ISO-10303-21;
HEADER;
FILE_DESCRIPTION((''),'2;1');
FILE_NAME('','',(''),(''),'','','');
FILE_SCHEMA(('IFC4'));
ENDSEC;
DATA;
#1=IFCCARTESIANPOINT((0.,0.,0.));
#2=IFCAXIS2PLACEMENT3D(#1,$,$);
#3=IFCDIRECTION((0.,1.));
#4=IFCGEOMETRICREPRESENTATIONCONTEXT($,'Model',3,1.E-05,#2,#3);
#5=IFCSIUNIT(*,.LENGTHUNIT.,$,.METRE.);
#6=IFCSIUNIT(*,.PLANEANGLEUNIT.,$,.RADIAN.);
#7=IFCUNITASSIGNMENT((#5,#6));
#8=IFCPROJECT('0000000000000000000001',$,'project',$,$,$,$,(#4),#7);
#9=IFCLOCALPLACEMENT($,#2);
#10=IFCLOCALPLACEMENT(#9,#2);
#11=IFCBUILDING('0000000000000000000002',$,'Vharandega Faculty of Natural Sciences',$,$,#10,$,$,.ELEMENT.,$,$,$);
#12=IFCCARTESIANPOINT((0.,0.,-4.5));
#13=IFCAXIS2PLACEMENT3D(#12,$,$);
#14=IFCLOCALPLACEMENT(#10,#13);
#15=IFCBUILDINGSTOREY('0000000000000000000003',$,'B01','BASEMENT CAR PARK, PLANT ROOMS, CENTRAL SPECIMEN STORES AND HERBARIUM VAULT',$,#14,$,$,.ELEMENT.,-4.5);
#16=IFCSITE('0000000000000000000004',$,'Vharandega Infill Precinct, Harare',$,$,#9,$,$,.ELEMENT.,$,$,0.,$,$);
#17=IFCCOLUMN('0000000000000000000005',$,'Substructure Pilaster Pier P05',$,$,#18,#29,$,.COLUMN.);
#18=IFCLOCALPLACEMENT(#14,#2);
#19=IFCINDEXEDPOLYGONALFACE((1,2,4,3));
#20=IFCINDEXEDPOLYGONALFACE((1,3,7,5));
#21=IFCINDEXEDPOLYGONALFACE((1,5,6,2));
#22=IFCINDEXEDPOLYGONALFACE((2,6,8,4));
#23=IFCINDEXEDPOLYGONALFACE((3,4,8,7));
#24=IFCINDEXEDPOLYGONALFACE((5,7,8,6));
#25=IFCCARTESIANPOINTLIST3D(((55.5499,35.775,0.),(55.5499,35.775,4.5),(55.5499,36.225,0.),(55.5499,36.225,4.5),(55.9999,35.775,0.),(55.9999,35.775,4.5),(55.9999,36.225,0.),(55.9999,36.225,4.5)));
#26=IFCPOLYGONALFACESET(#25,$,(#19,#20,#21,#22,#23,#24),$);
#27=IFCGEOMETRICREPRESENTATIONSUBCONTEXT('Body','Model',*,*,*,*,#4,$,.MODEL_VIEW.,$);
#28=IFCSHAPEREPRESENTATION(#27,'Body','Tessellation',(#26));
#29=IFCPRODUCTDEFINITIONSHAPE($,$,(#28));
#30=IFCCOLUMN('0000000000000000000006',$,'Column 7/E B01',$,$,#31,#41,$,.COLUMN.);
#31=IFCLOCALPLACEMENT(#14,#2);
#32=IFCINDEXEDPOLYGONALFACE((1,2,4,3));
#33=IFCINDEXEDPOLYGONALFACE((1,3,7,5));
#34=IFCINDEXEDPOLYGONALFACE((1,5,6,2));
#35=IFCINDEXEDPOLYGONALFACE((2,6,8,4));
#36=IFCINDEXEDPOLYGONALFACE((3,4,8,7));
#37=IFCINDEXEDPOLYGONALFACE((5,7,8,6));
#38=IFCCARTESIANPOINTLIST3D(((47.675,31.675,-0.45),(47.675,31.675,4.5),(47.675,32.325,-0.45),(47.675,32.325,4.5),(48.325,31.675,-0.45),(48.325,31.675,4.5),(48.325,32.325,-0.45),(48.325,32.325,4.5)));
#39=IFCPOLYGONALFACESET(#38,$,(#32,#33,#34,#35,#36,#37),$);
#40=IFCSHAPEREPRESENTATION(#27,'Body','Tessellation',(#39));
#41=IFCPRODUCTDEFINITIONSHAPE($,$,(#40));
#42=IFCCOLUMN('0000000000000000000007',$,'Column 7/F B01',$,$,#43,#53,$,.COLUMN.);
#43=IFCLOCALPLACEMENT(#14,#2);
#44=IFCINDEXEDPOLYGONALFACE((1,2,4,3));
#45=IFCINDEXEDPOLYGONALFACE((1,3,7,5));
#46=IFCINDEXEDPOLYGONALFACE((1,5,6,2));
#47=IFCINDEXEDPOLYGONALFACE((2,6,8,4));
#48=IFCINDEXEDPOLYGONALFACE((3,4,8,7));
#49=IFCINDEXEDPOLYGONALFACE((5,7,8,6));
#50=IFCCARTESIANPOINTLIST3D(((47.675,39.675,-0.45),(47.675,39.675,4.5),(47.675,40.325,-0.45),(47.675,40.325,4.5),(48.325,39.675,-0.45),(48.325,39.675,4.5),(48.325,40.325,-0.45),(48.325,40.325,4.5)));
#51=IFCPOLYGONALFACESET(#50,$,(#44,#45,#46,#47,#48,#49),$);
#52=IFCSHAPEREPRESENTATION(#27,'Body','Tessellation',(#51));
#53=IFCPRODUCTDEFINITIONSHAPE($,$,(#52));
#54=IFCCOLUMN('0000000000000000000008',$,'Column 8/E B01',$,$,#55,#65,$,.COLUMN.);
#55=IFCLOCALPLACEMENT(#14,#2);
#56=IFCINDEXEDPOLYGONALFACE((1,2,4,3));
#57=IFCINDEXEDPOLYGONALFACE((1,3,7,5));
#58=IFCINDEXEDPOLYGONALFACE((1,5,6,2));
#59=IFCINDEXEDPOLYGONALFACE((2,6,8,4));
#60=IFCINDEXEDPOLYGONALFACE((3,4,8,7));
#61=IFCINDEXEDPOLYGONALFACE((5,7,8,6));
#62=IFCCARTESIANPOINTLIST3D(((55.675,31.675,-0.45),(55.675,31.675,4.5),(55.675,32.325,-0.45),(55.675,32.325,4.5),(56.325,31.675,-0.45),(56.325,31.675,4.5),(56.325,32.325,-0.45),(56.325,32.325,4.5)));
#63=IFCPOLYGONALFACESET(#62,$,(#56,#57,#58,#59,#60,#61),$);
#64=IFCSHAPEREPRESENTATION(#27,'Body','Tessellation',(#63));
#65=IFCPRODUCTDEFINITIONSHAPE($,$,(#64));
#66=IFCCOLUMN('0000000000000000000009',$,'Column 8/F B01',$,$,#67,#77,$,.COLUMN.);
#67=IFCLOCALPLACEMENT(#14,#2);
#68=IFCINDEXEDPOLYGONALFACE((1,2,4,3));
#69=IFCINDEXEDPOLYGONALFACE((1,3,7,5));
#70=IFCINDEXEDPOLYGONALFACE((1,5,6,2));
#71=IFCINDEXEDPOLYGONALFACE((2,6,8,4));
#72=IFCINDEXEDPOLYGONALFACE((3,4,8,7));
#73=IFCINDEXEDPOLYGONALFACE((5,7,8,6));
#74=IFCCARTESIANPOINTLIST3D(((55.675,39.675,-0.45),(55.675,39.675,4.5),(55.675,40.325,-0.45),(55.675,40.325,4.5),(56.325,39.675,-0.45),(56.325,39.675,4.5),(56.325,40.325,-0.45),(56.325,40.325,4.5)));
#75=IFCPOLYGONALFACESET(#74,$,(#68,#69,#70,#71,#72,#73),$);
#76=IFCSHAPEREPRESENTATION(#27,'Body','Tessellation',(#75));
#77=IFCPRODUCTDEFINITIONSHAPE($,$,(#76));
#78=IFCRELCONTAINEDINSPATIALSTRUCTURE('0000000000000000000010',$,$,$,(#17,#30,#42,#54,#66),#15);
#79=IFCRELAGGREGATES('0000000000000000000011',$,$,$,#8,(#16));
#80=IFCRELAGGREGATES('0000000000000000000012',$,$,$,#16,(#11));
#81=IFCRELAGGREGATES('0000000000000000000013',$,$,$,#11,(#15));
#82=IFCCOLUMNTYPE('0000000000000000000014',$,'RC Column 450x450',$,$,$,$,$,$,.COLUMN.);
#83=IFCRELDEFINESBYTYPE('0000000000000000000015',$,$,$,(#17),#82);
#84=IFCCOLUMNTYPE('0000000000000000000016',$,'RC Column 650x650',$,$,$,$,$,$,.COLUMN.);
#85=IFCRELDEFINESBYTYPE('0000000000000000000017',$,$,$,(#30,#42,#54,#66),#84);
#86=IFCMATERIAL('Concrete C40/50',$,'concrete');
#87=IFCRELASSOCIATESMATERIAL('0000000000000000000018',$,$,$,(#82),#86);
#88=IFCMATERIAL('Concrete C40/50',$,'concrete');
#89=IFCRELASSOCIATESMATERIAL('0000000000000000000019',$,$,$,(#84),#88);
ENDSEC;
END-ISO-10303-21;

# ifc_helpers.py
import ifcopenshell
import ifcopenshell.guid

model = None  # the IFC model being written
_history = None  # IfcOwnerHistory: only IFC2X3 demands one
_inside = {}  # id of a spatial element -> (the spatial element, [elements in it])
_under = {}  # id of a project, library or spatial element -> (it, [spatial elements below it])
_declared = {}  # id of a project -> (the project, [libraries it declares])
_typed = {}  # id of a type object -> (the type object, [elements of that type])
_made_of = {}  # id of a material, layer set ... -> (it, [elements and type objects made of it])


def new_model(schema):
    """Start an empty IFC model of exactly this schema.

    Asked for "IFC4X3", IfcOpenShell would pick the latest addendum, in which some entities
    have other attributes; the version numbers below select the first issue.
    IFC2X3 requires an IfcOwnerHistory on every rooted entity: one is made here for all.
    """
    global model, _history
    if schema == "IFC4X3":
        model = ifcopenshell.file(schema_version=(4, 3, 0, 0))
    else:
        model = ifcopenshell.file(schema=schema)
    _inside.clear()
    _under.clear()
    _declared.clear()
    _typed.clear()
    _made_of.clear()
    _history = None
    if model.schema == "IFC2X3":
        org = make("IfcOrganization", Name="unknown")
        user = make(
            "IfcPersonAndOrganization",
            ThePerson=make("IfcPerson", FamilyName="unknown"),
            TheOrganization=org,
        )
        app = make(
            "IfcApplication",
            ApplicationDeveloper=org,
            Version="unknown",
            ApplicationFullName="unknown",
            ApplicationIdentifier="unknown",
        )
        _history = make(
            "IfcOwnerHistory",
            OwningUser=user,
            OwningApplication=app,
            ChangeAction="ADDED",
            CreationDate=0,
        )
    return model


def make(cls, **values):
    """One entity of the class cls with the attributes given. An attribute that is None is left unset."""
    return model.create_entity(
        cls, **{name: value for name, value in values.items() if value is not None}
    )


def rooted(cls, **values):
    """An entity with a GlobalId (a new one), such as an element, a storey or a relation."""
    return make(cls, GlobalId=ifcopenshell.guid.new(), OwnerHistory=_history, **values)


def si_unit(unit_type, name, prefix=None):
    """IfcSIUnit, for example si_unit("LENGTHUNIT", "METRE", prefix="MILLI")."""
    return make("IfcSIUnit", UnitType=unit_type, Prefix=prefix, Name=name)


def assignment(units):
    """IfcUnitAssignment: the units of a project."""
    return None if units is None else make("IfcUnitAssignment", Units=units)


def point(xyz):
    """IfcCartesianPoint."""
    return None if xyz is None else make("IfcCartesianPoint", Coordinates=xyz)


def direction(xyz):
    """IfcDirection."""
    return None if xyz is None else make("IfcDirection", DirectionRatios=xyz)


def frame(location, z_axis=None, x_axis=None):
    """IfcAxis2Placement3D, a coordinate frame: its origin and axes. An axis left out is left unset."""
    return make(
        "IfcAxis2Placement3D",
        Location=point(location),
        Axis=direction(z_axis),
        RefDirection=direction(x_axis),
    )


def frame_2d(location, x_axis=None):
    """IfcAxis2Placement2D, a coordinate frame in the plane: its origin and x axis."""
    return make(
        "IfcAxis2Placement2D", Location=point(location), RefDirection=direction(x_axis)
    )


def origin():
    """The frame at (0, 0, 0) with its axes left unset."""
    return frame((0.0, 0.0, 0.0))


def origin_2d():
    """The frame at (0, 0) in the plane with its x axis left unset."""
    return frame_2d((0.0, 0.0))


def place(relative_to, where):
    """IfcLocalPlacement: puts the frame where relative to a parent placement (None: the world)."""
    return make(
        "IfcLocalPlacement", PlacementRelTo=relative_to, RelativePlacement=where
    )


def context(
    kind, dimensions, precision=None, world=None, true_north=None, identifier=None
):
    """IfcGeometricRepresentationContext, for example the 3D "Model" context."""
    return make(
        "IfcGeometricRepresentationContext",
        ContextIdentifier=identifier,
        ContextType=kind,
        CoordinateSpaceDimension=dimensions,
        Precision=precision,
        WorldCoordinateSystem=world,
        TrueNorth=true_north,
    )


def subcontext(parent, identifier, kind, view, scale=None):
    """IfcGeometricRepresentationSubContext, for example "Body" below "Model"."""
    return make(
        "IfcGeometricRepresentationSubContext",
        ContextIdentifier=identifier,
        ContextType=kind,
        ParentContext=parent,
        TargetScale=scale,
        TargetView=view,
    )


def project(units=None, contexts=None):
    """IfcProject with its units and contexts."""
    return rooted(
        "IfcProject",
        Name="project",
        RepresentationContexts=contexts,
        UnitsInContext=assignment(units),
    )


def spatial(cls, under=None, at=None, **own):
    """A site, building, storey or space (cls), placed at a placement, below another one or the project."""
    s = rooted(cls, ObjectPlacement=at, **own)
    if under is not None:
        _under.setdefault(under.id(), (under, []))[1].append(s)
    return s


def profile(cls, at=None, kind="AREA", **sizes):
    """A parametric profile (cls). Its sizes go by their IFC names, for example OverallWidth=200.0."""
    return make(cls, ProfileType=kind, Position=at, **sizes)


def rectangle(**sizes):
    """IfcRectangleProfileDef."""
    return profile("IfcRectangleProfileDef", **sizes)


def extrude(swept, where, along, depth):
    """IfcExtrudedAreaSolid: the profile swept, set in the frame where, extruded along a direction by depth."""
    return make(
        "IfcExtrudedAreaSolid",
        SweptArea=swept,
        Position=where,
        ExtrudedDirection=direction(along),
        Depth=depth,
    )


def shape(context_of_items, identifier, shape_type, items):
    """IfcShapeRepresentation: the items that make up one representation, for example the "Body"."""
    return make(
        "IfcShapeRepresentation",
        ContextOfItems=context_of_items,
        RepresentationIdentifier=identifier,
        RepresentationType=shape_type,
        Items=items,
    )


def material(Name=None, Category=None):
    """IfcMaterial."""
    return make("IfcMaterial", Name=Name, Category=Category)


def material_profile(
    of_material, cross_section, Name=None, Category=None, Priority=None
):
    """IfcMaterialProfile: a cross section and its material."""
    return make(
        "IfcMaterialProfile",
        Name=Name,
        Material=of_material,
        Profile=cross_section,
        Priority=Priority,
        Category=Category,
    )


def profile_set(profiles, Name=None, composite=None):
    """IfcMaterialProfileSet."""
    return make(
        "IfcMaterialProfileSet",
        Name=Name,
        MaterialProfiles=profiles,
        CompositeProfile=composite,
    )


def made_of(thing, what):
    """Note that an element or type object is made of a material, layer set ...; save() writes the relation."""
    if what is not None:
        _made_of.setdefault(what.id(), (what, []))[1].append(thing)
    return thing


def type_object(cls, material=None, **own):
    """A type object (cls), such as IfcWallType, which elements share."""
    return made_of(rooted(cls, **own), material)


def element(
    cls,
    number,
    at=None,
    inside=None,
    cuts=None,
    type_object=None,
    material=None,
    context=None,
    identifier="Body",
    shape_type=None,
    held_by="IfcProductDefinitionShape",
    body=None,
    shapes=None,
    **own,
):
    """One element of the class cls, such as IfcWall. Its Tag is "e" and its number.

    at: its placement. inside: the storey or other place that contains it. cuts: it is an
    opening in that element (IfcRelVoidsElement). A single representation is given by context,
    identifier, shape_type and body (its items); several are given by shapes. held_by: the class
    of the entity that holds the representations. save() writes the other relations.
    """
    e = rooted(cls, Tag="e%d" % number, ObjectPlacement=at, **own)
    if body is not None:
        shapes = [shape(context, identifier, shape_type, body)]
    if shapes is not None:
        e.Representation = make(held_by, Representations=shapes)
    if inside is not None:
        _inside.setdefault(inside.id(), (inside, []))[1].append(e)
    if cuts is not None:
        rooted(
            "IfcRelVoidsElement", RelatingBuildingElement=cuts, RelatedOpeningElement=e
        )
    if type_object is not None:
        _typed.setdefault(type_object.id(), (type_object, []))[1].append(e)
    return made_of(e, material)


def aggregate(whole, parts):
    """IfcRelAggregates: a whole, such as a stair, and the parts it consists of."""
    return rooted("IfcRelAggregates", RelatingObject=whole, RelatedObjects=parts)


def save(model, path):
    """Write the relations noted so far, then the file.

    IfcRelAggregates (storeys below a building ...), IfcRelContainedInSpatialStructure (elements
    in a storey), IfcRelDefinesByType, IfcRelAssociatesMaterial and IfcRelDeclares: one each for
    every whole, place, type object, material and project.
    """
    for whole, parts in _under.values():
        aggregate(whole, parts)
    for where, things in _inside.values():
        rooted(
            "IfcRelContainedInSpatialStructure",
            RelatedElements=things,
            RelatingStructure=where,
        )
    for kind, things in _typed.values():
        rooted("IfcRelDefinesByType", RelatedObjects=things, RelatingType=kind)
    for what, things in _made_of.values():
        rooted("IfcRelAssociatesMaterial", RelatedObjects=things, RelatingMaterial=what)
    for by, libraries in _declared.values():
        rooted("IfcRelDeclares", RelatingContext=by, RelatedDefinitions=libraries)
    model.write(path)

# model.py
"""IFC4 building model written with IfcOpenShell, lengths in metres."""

from ifc_helpers import new_model, si_unit, direction, frame, origin, origin_2d, place, context, subcontext, project, spatial, rectangle, extrude, material, material_profile, profile_set, type_object, element, save


model = new_model("IFC4")

# Units and contexts
model_context = context("Model", 3, precision=1e-05, world=origin(), true_north=direction((0.0, 1.0)))
body_context = subcontext(model_context, "Body", "Model", "MODEL_VIEW")
ifc_project = project(units=[si_unit("LENGTHUNIT", "METRE"), si_unit("PLANEANGLEUNIT", "RADIAN")], contexts=[model_context])

# Site, building, storey
site_placement = place(None, origin())
site = spatial("IfcSite", under=ifc_project, at=site_placement, Name="Vharandega Infill Precinct, Harare", CompositionType="ELEMENT", RefElevation=0.0)
building_placement = place(site_placement, origin())
building = spatial("IfcBuilding", under=site, at=building_placement, Name="Vharandega Faculty of Natural Sciences", CompositionType="ELEMENT")
storey_placement = place(building_placement, frame((0.0, 0.0, -4.5)))
storey = spatial("IfcBuildingStorey", under=building, at=storey_placement, Name="B01", Description="BASEMENT CAR PARK, PLANT ROOMS, CENTRAL SPECIMEN STORES AND HERBARIUM VAULT", CompositionType="ELEMENT", Elevation=-4.5)

# Columns
ifc_material_1 = material(Name="Concrete C40/50", Category="concrete")
ifc_material_profile_1 = material_profile(ifc_material_1, rectangle(XDim=0.45, YDim=0.45, at=origin_2d()), Name="RC 450x450")
ifc_profile_set_1 = profile_set([ifc_material_profile_1], Name="Concrete C40/50")
column_type_1 = type_object("IfcColumnType", Name="RC Column 450x450", PredefinedType="COLUMN", material=ifc_profile_set_1)
for number, where, z_axis, x_axis, name in (
    (1, (55.7749, 36.0, 0.0), (0.0, 0.0, 1.0), (1.0, 0.0, 0.0), "Substructure Pilaster Pier P05"),
):
    element("IfcColumn", number, at=place(storey_placement, frame(where, z_axis=z_axis, x_axis=x_axis)), inside=storey, type_object=column_type_1, Name=name, PredefinedType="COLUMN", context=body_context, shape_type="SweptSolid", body=[
        extrude(rectangle(XDim=0.45, YDim=0.45, at=origin_2d()), origin(), (0.0, 0.0, 1.0), 4.5),
    ])
ifc_material_2 = material(Name="Concrete C40/50", Category="concrete")
ifc_material_profile_2 = material_profile(ifc_material_2, rectangle(XDim=0.6499, YDim=0.6499, at=origin_2d()), Name="RC 650x650")
ifc_profile_set_2 = profile_set([ifc_material_profile_2], Name="Concrete C40/50")
column_type_2 = type_object("IfcColumnType", Name="RC Column 650x650", PredefinedType="COLUMN", material=ifc_profile_set_2)
for number, where, z_axis, x_axis, name in (
    (2, (48.0, 32.0, -0.45), (0.0, 0.0, 1.0), (1.0, 0.0, 0.0), "Column 7/E B01"),
    (3, (48.0, 40.0, -0.45), (0.0, 0.0, 1.0), (1.0, 0.0, 0.0), "Column 7/F B01"),
    (4, (56.0, 32.0, -0.45), (0.0, 0.0, 1.0), (1.0, 0.0, 0.0), "Column 8/E B01"),
    (5, (56.0, 40.0, -0.45), (0.0, 0.0, 1.0), (1.0, 0.0, 0.0), "Column 8/F B01"),
):
    element("IfcColumn", number, at=place(storey_placement, frame(where, z_axis=z_axis, x_axis=x_axis)), inside=storey, type_object=column_type_2, Name=name, PredefinedType="COLUMN", context=body_context, shape_type="SweptSolid", body=[
        extrude(rectangle(XDim=0.6499, YDim=0.6499, at=origin_2d()), origin(), (0.0, 0.0, 1.0), 4.95),
    ])

save(model, "model.ifc")
